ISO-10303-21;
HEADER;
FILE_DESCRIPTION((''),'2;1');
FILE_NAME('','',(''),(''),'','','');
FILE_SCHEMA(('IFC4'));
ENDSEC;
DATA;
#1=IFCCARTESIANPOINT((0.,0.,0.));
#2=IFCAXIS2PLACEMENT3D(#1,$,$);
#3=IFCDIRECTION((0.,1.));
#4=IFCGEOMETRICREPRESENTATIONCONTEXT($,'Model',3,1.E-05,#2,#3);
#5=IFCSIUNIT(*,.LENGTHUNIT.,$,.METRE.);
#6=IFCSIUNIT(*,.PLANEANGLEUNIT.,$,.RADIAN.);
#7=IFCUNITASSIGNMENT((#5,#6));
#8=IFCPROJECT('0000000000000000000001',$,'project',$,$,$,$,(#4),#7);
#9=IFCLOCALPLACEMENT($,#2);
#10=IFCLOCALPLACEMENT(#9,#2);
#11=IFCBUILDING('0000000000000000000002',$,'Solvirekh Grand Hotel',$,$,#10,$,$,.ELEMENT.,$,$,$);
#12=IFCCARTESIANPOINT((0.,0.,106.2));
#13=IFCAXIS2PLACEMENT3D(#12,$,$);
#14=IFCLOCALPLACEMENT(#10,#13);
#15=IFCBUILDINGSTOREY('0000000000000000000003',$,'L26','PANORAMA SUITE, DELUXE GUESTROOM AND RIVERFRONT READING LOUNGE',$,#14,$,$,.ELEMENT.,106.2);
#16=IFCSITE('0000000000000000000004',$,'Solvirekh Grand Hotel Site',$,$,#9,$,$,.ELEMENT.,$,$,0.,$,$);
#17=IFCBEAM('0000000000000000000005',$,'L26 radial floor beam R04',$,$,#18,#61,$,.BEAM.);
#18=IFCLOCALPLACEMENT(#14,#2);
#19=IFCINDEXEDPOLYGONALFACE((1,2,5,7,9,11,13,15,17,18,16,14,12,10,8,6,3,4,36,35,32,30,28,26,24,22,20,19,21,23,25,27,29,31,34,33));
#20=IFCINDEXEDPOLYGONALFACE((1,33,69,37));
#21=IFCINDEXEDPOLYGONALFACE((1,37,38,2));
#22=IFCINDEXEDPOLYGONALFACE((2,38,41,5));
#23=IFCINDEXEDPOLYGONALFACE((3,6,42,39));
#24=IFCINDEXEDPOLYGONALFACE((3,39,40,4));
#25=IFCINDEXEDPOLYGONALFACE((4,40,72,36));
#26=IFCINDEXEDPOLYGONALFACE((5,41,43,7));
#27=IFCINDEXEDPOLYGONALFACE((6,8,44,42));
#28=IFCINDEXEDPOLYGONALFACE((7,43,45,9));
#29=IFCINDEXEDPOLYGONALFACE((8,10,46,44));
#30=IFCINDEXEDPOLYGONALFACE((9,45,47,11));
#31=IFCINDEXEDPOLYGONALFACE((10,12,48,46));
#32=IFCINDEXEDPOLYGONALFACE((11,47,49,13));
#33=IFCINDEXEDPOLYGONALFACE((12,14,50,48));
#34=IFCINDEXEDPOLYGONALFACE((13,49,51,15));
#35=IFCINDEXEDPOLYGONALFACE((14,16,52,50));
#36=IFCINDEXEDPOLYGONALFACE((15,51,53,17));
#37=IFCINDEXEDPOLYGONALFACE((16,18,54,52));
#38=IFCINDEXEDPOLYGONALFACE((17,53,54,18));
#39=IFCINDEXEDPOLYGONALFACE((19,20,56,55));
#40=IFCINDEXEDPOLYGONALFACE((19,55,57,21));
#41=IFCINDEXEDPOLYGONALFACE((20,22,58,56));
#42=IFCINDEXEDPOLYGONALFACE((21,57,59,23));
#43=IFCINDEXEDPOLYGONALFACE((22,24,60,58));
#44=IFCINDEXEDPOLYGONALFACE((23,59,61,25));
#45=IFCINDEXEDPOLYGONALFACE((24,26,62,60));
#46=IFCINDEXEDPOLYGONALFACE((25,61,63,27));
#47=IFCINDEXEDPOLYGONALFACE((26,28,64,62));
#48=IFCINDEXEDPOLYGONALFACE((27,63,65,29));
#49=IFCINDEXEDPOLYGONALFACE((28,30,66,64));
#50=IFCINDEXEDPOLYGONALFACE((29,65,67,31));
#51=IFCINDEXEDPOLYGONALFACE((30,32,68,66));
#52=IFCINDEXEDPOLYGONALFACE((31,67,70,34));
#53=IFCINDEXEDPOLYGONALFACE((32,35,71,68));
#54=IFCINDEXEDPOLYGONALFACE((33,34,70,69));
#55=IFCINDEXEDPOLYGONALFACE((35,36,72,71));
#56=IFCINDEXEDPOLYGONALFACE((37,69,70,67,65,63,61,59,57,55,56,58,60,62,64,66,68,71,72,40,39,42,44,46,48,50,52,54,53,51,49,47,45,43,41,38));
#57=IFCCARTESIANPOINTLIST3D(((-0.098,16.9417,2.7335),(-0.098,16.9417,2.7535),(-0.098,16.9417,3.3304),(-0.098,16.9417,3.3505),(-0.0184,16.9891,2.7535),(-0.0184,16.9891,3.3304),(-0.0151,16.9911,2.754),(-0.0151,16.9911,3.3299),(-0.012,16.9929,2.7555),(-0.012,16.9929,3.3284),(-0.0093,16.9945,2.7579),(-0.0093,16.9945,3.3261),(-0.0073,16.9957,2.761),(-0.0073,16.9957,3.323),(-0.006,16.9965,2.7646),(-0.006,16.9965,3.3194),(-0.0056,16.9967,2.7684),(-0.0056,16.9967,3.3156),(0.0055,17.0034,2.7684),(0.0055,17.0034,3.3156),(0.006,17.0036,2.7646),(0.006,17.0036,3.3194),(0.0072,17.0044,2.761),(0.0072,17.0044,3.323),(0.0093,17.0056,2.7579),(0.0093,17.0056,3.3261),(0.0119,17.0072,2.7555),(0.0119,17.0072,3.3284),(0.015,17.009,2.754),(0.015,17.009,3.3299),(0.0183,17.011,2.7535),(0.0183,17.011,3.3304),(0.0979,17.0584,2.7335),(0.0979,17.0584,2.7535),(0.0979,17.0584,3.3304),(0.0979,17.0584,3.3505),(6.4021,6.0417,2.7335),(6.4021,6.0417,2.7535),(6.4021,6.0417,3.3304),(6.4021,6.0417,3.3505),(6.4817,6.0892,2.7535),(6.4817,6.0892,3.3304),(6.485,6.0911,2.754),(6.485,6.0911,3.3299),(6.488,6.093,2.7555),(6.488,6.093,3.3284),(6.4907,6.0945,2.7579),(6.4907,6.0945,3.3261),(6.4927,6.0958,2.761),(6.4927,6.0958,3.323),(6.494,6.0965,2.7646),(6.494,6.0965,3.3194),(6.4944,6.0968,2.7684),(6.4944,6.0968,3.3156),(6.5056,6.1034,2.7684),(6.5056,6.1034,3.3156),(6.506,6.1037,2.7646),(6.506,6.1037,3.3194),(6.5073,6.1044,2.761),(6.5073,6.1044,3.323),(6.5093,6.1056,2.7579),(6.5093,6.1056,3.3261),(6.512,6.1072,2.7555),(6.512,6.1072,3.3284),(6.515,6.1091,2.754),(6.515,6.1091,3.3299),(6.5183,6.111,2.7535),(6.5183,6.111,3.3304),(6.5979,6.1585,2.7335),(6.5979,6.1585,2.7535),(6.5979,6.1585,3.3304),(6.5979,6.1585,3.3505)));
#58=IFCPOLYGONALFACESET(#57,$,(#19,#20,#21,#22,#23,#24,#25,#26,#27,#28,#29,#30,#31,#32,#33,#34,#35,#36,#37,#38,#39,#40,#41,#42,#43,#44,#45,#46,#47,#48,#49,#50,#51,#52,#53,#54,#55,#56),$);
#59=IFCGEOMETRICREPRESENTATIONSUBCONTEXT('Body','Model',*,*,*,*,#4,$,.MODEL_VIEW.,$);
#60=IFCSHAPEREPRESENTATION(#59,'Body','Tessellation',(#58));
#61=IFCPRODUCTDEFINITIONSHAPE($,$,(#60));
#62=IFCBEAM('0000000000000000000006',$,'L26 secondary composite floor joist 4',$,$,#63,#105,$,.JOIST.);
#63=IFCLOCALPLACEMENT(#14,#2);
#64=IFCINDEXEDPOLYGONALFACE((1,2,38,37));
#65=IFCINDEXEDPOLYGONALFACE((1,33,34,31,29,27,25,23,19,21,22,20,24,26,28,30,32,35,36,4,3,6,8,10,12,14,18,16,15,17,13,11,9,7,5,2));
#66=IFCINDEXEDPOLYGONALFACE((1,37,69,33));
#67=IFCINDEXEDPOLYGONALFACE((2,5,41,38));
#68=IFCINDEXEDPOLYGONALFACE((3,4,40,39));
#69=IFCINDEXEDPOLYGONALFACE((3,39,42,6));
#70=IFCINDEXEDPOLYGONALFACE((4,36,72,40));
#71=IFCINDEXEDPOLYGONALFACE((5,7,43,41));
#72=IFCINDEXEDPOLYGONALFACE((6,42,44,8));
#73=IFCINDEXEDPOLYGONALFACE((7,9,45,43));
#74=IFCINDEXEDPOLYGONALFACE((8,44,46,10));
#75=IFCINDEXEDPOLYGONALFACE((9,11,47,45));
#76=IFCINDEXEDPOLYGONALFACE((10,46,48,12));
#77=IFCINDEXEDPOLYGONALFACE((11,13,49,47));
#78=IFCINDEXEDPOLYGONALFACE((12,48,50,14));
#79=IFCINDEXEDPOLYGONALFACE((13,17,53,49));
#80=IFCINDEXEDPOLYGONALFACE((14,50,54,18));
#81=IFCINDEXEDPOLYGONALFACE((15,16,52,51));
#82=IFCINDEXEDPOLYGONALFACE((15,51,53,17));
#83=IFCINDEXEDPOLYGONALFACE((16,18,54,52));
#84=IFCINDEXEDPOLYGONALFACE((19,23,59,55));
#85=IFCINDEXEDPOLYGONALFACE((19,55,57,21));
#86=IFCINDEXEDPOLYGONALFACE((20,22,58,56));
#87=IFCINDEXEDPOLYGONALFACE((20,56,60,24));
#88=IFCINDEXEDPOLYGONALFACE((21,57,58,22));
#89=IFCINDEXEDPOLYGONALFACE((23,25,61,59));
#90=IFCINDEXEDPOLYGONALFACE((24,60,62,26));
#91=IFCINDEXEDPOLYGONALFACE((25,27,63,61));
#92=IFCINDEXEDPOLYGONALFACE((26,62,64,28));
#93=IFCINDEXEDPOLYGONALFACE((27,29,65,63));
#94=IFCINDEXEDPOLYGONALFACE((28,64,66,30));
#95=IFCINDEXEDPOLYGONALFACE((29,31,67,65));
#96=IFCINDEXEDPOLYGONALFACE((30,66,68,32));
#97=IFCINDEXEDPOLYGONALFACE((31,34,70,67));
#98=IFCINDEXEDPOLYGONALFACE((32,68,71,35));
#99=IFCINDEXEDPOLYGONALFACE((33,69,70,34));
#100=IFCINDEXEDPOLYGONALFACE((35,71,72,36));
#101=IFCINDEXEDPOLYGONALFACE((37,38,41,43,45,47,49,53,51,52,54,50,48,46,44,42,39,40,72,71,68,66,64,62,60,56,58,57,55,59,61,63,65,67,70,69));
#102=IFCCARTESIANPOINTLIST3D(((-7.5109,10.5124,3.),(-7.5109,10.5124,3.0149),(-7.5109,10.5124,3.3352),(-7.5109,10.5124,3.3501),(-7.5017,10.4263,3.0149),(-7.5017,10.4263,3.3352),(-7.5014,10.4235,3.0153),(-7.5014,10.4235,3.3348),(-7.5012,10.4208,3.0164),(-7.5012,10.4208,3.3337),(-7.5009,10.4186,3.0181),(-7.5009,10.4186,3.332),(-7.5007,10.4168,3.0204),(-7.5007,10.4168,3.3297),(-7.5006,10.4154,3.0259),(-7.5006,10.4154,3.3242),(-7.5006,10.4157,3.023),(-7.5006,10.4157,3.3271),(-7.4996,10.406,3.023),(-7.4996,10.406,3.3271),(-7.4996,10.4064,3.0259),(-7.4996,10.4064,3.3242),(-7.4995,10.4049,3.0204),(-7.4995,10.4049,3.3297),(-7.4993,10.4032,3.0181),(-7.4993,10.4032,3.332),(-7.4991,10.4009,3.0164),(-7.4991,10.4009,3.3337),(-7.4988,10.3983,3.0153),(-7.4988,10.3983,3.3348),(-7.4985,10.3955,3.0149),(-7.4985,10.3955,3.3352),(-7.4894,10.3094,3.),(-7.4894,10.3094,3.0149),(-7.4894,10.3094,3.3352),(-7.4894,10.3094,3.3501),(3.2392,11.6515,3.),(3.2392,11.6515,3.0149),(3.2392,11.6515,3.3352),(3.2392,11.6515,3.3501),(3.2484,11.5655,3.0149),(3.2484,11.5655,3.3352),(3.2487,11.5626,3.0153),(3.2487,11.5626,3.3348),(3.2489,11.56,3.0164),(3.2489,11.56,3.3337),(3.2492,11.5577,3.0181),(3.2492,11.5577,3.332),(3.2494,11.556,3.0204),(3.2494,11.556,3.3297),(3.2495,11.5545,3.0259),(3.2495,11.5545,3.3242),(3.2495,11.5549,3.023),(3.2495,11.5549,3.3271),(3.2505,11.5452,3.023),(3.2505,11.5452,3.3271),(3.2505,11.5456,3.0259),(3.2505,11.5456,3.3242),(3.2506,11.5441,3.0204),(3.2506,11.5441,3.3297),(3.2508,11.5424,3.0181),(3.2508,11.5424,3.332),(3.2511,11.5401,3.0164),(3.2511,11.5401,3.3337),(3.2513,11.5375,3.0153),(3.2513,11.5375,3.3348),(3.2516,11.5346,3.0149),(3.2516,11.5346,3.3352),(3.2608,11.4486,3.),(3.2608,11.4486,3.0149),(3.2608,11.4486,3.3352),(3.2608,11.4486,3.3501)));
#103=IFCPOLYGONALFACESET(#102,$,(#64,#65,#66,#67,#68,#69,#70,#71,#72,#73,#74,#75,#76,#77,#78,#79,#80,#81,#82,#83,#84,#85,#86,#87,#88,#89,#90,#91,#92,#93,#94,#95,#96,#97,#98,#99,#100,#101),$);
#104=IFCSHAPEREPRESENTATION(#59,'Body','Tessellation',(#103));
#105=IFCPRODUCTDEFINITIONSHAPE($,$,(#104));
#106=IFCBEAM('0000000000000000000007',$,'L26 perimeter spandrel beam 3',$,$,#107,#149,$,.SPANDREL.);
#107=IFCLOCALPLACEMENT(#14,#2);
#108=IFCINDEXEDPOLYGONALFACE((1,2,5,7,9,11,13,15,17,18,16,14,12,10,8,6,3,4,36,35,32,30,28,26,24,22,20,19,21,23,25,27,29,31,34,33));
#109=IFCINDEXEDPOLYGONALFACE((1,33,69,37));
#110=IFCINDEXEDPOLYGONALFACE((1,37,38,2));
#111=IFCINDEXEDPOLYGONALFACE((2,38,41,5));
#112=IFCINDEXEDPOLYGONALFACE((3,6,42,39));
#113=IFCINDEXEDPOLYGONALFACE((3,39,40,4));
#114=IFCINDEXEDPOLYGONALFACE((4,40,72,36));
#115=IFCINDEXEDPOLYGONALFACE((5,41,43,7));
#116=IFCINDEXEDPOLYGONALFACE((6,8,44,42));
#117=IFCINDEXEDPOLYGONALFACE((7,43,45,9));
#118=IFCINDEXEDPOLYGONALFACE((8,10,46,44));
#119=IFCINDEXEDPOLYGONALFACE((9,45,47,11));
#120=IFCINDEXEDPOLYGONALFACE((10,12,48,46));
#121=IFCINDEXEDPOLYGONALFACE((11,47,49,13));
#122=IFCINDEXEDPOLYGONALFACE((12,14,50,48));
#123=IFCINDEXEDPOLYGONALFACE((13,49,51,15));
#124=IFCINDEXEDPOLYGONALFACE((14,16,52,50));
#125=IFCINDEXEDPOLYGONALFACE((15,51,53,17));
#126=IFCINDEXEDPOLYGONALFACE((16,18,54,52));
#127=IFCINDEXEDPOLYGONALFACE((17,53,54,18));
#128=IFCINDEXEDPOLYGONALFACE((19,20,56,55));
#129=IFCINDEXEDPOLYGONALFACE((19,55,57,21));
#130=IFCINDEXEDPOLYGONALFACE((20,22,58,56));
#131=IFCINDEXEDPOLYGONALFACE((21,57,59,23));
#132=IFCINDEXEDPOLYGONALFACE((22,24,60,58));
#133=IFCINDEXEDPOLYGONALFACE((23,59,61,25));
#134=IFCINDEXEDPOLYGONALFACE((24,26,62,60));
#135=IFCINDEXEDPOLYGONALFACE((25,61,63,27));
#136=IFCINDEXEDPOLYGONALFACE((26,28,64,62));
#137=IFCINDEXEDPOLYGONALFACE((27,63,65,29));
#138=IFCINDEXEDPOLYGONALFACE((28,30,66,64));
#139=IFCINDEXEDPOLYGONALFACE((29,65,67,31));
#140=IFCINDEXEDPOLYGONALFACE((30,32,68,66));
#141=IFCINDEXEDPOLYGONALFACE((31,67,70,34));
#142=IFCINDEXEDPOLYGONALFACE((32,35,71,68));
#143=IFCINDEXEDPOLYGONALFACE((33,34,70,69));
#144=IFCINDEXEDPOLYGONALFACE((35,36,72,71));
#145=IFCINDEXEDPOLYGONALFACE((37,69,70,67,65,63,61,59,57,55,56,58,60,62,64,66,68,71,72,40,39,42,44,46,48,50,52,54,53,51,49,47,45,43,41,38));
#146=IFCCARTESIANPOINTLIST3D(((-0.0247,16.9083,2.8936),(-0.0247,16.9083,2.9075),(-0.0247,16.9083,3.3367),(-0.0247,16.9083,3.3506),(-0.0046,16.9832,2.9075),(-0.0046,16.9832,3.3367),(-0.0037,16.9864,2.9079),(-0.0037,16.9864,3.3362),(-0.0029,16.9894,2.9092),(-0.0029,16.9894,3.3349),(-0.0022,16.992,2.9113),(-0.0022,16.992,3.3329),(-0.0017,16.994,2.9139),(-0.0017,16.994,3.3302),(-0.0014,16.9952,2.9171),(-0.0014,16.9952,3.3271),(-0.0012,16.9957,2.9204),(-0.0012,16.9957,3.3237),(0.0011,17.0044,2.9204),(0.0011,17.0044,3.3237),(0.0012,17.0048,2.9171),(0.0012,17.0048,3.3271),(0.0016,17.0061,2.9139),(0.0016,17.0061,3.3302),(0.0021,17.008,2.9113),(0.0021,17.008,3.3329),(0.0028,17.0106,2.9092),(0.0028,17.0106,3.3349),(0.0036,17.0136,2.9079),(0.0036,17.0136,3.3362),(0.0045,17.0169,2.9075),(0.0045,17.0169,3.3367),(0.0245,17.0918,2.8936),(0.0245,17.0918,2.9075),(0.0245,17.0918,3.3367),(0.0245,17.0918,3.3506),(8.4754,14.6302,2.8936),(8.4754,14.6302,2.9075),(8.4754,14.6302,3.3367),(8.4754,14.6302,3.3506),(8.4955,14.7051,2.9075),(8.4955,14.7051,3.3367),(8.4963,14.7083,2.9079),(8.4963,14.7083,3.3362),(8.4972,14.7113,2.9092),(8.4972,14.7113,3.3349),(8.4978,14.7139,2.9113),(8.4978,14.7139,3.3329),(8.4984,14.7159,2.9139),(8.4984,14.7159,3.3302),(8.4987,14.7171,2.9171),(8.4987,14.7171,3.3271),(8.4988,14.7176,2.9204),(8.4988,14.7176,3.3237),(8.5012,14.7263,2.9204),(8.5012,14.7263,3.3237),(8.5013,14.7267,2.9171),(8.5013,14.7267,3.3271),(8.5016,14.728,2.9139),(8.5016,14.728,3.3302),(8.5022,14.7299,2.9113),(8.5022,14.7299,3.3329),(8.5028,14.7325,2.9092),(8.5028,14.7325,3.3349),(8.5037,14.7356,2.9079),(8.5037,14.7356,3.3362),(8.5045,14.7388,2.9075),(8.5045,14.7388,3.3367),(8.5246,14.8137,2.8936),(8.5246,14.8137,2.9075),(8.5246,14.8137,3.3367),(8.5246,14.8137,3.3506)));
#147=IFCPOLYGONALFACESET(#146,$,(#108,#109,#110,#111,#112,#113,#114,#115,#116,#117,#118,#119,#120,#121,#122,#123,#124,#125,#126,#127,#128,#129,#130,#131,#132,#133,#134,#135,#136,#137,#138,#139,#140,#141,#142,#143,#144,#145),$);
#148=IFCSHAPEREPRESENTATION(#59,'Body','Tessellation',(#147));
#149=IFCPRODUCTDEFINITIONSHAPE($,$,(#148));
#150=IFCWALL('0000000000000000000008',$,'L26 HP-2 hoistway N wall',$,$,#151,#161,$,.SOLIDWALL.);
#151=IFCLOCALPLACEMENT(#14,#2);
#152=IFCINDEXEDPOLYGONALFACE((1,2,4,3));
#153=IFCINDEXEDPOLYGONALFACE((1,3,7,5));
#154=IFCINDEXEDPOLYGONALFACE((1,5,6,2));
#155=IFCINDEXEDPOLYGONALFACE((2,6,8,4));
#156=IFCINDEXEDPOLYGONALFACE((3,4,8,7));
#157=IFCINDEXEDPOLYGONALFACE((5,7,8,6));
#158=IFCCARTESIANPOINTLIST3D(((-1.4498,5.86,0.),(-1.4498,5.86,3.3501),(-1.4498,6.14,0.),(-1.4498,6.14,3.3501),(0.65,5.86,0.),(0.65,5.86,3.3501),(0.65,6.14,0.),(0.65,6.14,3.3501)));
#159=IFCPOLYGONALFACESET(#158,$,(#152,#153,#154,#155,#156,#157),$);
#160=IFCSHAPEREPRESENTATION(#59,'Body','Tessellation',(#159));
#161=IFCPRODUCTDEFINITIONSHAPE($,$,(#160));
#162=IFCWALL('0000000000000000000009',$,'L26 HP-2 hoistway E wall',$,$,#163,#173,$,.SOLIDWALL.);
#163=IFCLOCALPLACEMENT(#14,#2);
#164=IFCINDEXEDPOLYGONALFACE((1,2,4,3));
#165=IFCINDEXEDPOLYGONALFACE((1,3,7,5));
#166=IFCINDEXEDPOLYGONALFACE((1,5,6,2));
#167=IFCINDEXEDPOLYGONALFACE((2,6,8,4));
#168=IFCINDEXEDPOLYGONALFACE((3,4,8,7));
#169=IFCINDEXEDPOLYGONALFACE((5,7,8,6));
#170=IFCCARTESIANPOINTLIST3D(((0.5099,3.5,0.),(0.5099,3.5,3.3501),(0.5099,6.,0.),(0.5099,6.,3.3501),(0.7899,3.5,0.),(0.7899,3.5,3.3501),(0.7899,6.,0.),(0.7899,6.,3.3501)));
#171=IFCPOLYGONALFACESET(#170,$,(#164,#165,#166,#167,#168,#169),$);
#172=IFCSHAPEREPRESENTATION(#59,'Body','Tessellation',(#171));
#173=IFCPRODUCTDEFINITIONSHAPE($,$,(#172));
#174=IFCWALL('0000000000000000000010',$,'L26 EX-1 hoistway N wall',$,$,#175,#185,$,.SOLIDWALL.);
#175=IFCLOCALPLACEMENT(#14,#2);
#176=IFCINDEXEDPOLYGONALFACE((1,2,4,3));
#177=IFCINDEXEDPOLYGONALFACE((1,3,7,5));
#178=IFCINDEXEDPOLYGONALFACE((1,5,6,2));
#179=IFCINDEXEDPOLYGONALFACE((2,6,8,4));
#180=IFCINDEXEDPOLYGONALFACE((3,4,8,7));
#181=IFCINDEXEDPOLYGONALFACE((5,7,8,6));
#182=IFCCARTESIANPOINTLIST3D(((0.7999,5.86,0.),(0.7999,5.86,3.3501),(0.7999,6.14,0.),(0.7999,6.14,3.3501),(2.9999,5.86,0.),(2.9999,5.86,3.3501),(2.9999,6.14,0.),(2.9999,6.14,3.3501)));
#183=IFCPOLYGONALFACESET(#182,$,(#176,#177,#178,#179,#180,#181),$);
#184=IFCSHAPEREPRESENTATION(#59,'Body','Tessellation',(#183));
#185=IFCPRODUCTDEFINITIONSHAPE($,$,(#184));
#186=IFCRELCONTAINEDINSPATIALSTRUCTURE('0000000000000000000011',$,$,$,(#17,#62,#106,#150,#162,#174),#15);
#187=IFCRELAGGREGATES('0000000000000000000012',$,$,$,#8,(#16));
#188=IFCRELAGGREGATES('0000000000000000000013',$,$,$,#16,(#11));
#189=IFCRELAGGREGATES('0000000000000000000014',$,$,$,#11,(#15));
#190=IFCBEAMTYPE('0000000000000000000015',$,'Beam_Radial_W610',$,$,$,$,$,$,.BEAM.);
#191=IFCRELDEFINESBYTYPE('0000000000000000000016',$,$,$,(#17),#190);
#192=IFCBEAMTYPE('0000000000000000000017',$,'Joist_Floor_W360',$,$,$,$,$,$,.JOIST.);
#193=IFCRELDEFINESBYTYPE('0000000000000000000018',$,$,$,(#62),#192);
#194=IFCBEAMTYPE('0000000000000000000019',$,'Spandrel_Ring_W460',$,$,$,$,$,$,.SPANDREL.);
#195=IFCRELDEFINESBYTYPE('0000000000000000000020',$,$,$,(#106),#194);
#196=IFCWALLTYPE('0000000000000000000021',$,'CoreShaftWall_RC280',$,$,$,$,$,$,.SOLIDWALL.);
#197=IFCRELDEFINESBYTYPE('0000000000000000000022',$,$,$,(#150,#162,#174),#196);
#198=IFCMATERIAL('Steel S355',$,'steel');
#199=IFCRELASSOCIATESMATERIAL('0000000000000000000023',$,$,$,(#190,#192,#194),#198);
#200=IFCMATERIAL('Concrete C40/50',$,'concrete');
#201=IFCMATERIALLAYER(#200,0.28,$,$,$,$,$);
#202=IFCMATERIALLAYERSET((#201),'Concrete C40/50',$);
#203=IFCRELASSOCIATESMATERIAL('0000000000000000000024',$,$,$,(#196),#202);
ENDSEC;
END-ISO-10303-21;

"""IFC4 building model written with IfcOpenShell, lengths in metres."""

from ifc_helpers import new_model, si_unit, direction, frame, frame_2d, origin, origin_2d, place, context, subcontext, project, spatial, rectangle, i_section, extrude, material, layer, layer_set, material_profile, profile_set, type_object, element, save


model = new_model("IFC4")

# Units and contexts
model_context = context("Model", 3, precision=1e-05, world=origin(), true_north=direction((0.0, 1.0)))
body_context = subcontext(model_context, "Body", "Model", "MODEL_VIEW")
ifc_project = project(units=[si_unit("LENGTHUNIT", "METRE"), si_unit("PLANEANGLEUNIT", "RADIAN")], contexts=[model_context])

# Site, building, storey
site_placement = place(None, origin())
site = spatial("IfcSite", under=ifc_project, at=site_placement, Name="Solvirekh Grand Hotel Site", CompositionType="ELEMENT", RefElevation=0.0)
building_placement = place(site_placement, origin())
building = spatial("IfcBuilding", under=site, at=building_placement, Name="Solvirekh Grand Hotel", CompositionType="ELEMENT")
storey_placement = place(building_placement, frame((0.0, 0.0, 106.2)))
storey = spatial("IfcBuildingStorey", under=building, at=storey_placement, Name="L26", Description="PANORAMA SUITE, DELUXE GUESTROOM AND RIVERFRONT READING LOUNGE", CompositionType="ELEMENT", Elevation=106.2)

# Beams
ifc_material_1 = material(Name="Steel S355", Category="steel")
ifc_material_profile_1 = material_profile(ifc_material_1, i_section(OverallWidth=0.228, OverallDepth=0.6169, WebThickness=0.0129, FlangeThickness=0.02, FilletRadius=0.0149, at=origin_2d()), Name="W610X140")
ifc_profile_set_1 = profile_set([ifc_material_profile_1], Name="Steel S355")
beam_type_1 = type_object("IfcBeamType", Name="Beam_Radial_W610", PredefinedType="BEAM", material=ifc_profile_set_1)
beam_1_placement = place(storey_placement, frame((6.5, 6.1001, 3.042), z_axis=(-0.51218, 0.858878, 0.0), x_axis=(-0.858878, -0.51218, 0.0)))
element("IfcBeam", 1, at=beam_1_placement, inside=storey, type_object=beam_type_1, Name="L26 radial floor beam R04", PredefinedType="BEAM", context=body_context, shape_type="SweptSolid", body=[
    extrude(i_section(OverallWidth=0.228, OverallDepth=0.6169, WebThickness=0.0129, FlangeThickness=0.02, FilletRadius=0.0149, at=origin_2d()), origin(), (0.0, 0.0, 1.0), 12.6909),
])
ifc_material_profile_2 = material_profile(ifc_material_1, i_section(OverallWidth=0.2041, OverallDepth=0.3501, WebThickness=0.009, FlangeThickness=0.0149, FilletRadius=0.011, at=origin_2d()), Name="W360X72")
ifc_profile_set_2 = profile_set([ifc_material_profile_2], Name="Steel S355")
beam_type_2 = type_object("IfcBeamType", Name="Joist_Floor_W360", PredefinedType="JOIST", material=ifc_profile_set_2)
beam_2_placement = place(storey_placement, frame((3.25, 11.55, 3.175), z_axis=(-0.994432, -0.105378, 0.0), x_axis=(0.105378, -0.994432, 0.0)))
element("IfcBeam", 2, at=beam_2_placement, inside=storey, type_object=beam_type_2, Name="L26 secondary composite floor joist 4", PredefinedType="JOIST", context=body_context, shape_type="SweptSolid", body=[
    extrude(i_section(OverallWidth=0.2041, OverallDepth=0.3501, WebThickness=0.009, FlangeThickness=0.0149, FilletRadius=0.011, at=origin_2d()), origin(), (0.0, 0.0, 1.0), 10.8103),
])
ifc_material_profile_3 = material_profile(ifc_material_1, i_section(OverallWidth=0.1899, OverallDepth=0.457, WebThickness=0.009, FlangeThickness=0.0139, FilletRadius=0.0129, at=origin_2d()), Name="W460X74")
ifc_profile_set_3 = profile_set([ifc_material_profile_3], Name="Steel S355")
beam_type_3 = type_object("IfcBeamType", Name="Spandrel_Ring_W460", PredefinedType="SPANDREL", material=ifc_profile_set_3)
beam_3_placement = place(storey_placement, frame((8.5, 14.7219, 3.1221), z_axis=(-0.965911, 0.258873, 0.0), x_axis=(-0.258873, -0.965911, 0.0)))
element("IfcBeam", 3, at=beam_3_placement, inside=storey, type_object=beam_type_3, Name="L26 perimeter spandrel beam 3", PredefinedType="SPANDREL", context=body_context, shape_type="SweptSolid", body=[
    extrude(i_section(OverallWidth=0.1899, OverallDepth=0.457, WebThickness=0.009, FlangeThickness=0.0139, FilletRadius=0.0129, at=origin_2d()), origin(), (0.0, 0.0, 1.0), 8.8),
])

# Walls
ifc_material_2 = material(Name="Concrete C40/50", Category="concrete")
ifc_layer_1 = layer(ifc_material_2, 0.28)
ifc_layer_set_1 = layer_set([ifc_layer_1], Name="Concrete C40/50")
wall_type_1 = type_object("IfcWallType", Name="CoreShaftWall_RC280", PredefinedType="SOLIDWALL", material=ifc_layer_set_1)
wall_1_placement = place(storey_placement, frame((0.6499, 6.0, 0.0), z_axis=(0.0, 0.0, 1.0), x_axis=(-1.0, 0.0, 0.0)))
element("IfcWall", 4, at=wall_1_placement, inside=storey, type_object=wall_type_1, Name="L26 HP-2 hoistway N wall", PredefinedType="SOLIDWALL", context=body_context, shape_type="SweptSolid", body=[
    extrude(rectangle(XDim=2.0999, YDim=0.28, at=frame_2d((1.0498, 0.0))), origin(), (0.0, 0.0, 1.0), 3.3501),
])
wall_2_placement = place(storey_placement, frame((0.6499, 3.5, 0.0), z_axis=(0.0, 0.0, 1.0), x_axis=(0.0, 1.0, 0.0)))
element("IfcWall", 5, at=wall_2_placement, inside=storey, type_object=wall_type_1, Name="L26 HP-2 hoistway E wall", PredefinedType="SOLIDWALL", context=body_context, shape_type="SweptSolid", body=[
    extrude(rectangle(XDim=2.5, YDim=0.28, at=frame_2d((1.25, 0.0))), origin(), (0.0, 0.0, 1.0), 3.3501),
])
wall_3_placement = place(storey_placement, frame((3.0, 6.0, 0.0), z_axis=(0.0, 0.0, 1.0), x_axis=(-1.0, 0.0, 0.0)))
element("IfcWall", 6, at=wall_3_placement, inside=storey, type_object=wall_type_1, Name="L26 EX-1 hoistway N wall", PredefinedType="SOLIDWALL", context=body_context, shape_type="SweptSolid", body=[
    extrude(rectangle(XDim=2.2, YDim=0.28, at=frame_2d((1.1001, 0.0))), origin(), (0.0, 0.0, 1.0), 3.3501),
])

save(model, "model.ifc")
